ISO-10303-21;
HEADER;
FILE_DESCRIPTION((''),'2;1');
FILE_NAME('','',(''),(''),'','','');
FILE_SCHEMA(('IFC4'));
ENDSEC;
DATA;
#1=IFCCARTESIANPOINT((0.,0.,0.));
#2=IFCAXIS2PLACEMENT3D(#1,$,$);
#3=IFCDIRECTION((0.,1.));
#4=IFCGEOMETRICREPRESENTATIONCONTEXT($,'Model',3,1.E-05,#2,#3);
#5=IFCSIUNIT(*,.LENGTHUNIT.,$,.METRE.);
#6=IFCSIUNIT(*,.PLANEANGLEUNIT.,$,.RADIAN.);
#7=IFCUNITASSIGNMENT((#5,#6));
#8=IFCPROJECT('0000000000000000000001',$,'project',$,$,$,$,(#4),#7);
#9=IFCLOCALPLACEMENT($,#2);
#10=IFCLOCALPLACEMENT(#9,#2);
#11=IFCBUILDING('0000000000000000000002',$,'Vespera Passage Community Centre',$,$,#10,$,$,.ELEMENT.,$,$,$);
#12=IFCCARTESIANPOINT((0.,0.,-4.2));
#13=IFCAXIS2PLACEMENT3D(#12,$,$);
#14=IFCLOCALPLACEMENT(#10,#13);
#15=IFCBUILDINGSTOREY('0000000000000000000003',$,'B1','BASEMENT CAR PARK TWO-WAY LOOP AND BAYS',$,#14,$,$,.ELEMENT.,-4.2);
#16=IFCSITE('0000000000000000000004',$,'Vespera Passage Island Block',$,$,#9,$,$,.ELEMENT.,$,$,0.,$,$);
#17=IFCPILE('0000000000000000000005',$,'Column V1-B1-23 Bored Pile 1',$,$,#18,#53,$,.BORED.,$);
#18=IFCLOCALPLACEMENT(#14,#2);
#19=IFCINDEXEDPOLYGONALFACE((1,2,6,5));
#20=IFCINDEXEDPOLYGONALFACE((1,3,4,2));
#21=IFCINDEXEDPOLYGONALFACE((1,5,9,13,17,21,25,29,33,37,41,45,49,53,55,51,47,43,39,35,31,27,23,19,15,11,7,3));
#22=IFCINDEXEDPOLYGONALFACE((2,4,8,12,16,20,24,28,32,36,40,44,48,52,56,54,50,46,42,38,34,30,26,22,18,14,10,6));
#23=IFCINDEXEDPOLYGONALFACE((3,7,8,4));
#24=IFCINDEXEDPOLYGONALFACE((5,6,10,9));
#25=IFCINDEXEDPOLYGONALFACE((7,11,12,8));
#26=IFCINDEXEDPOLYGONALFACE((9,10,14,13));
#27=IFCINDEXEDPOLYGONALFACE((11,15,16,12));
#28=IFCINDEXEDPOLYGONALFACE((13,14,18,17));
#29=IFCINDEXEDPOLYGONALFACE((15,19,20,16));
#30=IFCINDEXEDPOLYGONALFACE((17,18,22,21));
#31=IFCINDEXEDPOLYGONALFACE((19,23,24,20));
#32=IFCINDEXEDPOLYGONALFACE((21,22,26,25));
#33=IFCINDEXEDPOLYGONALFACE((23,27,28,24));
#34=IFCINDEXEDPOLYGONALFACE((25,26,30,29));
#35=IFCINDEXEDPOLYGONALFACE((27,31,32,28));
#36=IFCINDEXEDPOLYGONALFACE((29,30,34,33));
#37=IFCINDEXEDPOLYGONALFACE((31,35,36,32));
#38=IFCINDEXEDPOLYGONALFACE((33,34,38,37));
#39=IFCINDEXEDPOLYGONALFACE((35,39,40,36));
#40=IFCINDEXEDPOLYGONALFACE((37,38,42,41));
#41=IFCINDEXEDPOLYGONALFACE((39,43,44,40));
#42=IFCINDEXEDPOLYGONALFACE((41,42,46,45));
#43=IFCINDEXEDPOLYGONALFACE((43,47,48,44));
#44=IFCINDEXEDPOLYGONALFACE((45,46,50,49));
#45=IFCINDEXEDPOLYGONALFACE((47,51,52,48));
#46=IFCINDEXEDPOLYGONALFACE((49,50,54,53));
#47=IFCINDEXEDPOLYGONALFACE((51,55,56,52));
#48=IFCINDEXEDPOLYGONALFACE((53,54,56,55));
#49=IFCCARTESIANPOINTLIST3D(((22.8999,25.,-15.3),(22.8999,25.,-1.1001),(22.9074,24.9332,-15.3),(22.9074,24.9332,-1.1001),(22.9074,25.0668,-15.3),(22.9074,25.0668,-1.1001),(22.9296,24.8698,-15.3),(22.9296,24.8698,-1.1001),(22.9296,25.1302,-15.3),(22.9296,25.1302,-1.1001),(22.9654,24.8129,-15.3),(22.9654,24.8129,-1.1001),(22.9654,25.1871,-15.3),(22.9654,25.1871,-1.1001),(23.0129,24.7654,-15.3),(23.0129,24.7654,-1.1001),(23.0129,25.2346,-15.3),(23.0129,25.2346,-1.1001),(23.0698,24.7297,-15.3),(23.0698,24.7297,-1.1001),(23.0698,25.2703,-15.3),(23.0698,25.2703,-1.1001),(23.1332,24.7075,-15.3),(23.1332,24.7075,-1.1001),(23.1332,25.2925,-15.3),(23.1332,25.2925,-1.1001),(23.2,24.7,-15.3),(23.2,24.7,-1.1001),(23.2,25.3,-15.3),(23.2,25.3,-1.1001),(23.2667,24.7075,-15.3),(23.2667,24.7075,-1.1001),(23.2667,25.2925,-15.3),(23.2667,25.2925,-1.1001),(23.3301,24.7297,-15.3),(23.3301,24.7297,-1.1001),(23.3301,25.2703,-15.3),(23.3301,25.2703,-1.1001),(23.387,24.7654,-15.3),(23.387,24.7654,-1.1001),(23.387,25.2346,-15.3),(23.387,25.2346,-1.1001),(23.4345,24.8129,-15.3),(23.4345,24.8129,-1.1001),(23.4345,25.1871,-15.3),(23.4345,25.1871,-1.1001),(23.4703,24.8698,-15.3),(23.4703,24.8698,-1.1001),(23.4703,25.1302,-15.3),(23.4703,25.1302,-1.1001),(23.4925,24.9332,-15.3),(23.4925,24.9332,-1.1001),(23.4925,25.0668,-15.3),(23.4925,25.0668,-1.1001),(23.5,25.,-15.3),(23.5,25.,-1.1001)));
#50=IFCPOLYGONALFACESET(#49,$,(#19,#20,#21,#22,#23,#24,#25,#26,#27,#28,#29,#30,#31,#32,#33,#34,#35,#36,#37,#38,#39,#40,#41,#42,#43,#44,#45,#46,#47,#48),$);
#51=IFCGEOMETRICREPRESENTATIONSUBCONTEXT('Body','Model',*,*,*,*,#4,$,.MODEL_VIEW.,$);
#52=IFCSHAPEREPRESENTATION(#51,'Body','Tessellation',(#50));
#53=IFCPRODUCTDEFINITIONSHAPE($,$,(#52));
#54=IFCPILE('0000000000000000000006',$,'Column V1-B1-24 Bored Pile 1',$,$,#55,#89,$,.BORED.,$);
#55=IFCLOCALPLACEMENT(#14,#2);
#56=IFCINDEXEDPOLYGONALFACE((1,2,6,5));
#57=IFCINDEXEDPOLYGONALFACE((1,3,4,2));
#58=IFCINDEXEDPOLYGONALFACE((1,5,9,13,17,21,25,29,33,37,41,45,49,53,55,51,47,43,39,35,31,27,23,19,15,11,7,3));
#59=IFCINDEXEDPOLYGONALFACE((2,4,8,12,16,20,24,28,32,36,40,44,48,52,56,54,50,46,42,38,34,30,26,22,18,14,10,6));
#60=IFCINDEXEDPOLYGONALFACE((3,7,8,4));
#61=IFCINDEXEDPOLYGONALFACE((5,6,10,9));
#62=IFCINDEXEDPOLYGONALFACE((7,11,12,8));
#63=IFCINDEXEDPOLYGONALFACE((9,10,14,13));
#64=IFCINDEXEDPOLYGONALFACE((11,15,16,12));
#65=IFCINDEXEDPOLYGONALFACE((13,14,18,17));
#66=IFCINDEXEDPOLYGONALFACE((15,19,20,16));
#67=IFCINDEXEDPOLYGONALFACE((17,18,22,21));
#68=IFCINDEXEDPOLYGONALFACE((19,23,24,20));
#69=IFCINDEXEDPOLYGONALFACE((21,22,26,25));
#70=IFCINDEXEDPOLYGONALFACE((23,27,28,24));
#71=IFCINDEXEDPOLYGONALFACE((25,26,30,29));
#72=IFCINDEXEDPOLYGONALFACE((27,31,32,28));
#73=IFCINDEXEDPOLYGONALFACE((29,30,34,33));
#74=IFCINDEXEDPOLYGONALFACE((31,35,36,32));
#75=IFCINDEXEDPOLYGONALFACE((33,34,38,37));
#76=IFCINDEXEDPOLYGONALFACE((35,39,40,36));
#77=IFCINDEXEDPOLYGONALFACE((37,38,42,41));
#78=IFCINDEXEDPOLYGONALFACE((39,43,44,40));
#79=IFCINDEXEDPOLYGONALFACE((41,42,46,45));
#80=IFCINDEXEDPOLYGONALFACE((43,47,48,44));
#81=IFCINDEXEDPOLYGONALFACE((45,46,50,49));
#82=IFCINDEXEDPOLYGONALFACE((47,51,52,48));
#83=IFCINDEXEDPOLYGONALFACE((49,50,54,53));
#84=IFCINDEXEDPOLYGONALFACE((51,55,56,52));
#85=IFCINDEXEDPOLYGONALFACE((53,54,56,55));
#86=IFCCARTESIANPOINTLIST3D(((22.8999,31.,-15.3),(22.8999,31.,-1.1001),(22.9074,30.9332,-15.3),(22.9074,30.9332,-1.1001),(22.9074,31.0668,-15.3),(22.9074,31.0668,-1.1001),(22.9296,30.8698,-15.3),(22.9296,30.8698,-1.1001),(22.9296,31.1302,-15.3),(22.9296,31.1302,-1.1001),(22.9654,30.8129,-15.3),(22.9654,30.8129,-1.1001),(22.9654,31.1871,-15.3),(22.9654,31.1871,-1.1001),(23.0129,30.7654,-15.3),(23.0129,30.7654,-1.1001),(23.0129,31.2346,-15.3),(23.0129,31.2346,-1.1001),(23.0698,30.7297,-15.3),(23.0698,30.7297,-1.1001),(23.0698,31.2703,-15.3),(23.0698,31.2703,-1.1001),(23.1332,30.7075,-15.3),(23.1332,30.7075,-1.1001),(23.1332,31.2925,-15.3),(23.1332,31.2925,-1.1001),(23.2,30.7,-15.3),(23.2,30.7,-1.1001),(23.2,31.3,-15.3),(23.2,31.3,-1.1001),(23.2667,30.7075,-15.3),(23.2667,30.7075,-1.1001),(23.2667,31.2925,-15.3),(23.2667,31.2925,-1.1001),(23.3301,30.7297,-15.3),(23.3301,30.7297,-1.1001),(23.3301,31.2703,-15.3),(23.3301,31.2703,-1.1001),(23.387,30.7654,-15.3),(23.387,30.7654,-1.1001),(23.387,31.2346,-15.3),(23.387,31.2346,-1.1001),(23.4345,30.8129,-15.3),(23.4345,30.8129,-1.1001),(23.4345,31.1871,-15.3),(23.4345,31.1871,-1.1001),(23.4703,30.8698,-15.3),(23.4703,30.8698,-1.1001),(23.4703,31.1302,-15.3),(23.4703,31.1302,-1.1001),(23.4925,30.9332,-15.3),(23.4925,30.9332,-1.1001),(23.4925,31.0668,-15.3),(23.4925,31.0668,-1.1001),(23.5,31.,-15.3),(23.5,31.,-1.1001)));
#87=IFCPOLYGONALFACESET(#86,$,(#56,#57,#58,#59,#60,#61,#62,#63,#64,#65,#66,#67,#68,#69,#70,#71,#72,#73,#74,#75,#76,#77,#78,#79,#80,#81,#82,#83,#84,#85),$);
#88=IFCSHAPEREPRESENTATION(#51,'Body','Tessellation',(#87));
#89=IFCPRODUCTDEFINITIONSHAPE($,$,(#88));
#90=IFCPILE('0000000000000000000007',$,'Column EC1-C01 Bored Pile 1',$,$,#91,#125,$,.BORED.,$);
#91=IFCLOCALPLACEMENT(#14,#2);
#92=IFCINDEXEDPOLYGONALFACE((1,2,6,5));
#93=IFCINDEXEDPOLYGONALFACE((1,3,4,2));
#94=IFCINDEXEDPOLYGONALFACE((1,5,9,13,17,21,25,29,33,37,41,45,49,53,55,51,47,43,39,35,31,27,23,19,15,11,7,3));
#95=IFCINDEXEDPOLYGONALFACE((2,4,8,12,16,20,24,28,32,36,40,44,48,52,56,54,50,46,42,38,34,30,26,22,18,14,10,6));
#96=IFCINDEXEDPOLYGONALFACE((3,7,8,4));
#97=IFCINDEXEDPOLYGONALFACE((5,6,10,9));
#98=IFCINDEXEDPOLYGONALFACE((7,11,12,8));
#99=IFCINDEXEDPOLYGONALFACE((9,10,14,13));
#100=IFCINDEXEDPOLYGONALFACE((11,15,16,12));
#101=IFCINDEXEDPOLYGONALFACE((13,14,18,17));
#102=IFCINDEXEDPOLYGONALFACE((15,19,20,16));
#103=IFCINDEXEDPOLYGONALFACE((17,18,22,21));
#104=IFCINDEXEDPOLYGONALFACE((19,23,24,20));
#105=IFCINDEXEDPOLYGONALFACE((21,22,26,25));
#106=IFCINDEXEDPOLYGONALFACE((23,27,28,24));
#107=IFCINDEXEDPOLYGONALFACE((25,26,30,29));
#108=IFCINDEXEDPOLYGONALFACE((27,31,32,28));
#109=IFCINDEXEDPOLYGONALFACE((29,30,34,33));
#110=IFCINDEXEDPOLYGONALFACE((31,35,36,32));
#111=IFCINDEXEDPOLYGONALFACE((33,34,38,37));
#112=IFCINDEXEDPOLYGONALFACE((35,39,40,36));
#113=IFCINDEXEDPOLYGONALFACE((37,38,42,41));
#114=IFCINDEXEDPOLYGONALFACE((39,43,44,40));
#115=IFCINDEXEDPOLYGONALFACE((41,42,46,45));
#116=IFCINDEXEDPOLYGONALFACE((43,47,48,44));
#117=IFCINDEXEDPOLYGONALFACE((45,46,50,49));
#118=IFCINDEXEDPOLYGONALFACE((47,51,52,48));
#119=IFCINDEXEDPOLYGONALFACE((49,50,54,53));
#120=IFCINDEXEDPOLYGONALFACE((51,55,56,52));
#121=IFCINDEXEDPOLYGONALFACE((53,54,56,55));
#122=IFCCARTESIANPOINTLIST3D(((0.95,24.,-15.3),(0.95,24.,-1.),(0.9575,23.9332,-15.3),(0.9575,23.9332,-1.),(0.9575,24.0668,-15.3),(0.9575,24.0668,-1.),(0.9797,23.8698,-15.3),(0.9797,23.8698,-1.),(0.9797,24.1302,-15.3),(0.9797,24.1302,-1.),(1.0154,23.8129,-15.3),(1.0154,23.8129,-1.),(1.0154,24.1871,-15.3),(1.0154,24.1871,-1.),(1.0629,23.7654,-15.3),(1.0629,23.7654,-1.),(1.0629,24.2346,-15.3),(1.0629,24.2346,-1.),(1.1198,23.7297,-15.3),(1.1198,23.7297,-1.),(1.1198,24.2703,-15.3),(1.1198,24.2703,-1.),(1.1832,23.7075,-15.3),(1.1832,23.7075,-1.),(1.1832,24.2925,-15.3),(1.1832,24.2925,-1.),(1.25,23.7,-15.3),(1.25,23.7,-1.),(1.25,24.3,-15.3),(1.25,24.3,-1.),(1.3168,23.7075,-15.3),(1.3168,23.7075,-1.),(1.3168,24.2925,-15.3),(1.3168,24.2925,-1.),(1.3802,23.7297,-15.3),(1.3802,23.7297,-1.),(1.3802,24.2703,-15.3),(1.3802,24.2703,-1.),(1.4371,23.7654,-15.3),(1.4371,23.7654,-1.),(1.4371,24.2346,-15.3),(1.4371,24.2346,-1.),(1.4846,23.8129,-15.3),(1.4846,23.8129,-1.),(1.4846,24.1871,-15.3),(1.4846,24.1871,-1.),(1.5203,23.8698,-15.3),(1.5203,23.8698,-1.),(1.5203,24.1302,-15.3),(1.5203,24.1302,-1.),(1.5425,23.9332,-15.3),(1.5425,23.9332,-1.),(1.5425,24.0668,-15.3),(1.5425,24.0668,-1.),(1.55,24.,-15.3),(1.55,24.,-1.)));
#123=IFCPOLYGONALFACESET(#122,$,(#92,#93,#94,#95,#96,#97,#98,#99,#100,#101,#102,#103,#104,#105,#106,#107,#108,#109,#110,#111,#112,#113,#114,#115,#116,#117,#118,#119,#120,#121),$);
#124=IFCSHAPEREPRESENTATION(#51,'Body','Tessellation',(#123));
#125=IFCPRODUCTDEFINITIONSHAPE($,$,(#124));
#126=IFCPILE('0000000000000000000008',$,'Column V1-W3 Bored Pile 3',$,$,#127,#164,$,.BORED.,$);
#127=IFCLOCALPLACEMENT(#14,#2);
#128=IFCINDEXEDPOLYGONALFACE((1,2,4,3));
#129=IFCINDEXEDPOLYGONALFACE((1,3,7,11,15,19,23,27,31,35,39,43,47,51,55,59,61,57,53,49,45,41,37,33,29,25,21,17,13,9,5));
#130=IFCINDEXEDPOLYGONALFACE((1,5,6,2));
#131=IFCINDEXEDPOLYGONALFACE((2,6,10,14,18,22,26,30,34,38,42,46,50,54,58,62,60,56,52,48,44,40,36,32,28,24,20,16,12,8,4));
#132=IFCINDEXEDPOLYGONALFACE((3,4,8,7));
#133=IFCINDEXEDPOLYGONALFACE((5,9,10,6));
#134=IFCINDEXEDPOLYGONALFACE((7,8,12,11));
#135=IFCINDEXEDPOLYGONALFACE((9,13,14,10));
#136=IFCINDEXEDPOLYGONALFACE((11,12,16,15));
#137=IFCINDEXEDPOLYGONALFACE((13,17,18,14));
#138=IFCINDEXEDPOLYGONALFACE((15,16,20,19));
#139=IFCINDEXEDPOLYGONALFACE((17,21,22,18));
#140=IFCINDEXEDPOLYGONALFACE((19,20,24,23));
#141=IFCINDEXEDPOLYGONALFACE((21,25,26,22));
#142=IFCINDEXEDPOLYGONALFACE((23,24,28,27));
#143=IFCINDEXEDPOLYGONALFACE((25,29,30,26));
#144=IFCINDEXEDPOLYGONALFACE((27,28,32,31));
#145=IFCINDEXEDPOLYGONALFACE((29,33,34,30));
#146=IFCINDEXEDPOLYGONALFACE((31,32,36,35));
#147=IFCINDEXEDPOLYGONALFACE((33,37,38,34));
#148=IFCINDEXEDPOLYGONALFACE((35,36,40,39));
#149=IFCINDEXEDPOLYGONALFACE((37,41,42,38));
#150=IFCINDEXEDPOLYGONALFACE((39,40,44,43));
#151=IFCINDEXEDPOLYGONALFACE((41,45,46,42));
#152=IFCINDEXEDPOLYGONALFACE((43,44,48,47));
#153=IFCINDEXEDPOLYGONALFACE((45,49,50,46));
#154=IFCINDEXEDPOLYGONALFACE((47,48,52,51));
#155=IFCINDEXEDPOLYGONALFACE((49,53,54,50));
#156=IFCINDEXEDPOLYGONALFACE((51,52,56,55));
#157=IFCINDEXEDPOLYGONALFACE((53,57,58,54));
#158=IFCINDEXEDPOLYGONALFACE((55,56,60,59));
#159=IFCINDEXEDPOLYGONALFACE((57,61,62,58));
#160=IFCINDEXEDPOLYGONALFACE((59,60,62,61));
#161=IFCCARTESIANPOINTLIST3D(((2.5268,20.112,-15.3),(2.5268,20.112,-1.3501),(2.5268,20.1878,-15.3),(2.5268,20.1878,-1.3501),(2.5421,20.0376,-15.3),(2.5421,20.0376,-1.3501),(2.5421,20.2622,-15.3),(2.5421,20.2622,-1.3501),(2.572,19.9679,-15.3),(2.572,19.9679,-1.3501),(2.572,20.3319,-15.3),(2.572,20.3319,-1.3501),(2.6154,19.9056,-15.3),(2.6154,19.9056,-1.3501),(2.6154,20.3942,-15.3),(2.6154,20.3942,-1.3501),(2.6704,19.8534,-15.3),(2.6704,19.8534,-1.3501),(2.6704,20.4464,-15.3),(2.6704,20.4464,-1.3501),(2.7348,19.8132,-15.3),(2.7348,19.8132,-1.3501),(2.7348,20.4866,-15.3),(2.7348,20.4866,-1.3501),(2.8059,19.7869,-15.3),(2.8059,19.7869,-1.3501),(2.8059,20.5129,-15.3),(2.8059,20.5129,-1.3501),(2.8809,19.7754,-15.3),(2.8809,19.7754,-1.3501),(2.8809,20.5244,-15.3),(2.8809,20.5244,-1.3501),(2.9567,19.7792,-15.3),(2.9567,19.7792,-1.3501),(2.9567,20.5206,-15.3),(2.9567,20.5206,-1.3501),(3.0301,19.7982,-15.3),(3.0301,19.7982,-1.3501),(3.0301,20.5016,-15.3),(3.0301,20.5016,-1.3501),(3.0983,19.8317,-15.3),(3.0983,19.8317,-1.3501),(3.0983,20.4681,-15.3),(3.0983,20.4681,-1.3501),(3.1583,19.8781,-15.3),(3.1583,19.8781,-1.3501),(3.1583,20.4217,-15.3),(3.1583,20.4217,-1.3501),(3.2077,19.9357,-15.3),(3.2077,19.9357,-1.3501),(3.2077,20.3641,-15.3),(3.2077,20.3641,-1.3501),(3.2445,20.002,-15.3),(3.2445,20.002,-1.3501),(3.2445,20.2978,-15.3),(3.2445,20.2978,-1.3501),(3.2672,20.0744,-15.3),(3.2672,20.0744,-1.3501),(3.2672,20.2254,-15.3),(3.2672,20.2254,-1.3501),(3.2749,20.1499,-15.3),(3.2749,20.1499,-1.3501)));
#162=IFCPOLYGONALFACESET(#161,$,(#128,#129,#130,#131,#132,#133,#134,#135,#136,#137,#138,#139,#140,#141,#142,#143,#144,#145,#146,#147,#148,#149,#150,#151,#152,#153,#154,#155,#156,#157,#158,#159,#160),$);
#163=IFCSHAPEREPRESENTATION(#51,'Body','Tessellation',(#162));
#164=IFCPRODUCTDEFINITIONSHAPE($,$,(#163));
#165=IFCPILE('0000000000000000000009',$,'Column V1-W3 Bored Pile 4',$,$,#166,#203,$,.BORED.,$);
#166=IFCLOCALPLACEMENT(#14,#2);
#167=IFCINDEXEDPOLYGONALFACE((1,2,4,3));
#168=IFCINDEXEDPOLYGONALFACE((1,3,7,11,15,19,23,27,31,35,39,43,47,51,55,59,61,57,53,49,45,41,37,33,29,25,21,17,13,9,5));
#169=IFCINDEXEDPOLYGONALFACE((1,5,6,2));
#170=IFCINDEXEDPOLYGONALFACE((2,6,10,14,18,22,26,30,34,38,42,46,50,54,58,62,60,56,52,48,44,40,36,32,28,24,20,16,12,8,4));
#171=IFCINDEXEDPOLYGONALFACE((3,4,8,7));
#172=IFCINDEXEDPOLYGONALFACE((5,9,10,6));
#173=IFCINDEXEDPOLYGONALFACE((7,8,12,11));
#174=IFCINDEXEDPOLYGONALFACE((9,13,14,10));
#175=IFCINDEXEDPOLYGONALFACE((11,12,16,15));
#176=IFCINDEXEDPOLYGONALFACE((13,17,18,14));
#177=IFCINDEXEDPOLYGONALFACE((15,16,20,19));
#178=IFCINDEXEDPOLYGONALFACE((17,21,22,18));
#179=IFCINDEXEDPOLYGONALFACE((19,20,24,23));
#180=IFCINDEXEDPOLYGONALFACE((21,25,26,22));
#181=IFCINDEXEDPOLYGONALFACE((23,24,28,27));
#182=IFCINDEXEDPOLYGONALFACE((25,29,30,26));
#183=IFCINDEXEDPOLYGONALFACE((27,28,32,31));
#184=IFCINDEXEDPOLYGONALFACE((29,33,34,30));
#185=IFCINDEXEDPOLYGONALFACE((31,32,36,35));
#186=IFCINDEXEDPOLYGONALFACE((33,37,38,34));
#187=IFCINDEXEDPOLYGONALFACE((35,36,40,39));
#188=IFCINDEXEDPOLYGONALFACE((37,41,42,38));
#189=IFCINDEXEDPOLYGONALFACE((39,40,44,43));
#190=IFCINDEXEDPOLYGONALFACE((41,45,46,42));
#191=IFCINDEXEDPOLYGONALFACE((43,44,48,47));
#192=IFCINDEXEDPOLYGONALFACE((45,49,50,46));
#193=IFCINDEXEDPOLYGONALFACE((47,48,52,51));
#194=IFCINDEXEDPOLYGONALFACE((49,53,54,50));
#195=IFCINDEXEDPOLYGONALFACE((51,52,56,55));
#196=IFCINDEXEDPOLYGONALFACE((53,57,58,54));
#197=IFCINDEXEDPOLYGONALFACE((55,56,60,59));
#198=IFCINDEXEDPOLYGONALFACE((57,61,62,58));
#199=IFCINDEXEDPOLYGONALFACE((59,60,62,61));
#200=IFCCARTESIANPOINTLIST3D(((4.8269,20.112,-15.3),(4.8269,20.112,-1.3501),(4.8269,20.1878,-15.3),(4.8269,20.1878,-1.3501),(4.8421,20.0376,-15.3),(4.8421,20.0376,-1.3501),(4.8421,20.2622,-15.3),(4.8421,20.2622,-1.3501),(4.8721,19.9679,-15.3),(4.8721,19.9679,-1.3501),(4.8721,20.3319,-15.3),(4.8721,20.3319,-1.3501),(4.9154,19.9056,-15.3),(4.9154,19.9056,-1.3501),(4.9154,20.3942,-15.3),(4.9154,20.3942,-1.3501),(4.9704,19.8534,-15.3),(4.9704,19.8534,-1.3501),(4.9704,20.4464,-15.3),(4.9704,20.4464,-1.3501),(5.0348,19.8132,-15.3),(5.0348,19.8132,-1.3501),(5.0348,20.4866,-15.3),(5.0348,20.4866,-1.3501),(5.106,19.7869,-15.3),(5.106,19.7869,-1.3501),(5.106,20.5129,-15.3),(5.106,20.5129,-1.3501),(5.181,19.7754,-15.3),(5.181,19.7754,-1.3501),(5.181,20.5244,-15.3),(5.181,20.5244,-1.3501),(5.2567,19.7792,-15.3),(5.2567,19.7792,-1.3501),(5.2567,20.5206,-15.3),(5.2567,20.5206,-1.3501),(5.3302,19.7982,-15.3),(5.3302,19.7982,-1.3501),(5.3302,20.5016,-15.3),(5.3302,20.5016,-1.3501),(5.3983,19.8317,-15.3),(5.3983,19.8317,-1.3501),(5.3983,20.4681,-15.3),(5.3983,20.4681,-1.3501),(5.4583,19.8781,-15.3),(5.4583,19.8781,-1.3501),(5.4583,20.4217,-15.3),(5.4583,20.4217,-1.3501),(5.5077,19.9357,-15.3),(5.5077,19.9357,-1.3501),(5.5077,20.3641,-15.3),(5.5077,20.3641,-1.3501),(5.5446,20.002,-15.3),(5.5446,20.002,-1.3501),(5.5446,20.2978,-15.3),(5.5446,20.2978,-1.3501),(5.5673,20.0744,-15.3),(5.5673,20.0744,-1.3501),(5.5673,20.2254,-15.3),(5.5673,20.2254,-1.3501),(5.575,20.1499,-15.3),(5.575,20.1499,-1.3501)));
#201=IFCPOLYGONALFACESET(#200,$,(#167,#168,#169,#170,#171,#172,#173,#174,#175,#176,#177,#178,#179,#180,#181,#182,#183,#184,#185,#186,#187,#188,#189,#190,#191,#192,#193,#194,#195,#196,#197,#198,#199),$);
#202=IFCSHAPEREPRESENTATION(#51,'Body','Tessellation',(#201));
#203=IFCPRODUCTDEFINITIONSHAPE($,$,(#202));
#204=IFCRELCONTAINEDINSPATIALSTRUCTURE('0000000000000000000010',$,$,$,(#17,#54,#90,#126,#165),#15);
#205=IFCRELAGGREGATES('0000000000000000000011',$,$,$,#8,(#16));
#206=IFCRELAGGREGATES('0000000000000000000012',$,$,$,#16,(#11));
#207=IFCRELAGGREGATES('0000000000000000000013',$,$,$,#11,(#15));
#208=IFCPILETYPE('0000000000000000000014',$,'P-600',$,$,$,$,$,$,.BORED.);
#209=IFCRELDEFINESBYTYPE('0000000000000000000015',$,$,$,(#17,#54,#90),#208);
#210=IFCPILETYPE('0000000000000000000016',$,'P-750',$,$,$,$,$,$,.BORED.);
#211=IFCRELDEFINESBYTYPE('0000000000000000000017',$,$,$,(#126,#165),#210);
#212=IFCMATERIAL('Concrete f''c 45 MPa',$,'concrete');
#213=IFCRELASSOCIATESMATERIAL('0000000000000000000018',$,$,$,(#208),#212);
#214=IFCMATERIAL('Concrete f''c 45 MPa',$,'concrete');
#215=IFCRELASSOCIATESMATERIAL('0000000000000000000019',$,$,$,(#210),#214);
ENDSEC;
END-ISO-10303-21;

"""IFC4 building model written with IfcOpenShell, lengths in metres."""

from ifc_helpers import new_model, si_unit, direction, frame, origin, origin_2d, place, context, subcontext, project, spatial, circle, extrude, material, material_profile, profile_set, type_object, element, save


model = new_model("IFC4")

# Units and contexts
model_context = context("Model", 3, precision=1e-05, world=origin(), true_north=direction((0.0, 1.0)))
body_context = subcontext(model_context, "Body", "Model", "MODEL_VIEW")
ifc_project = project(units=[si_unit("LENGTHUNIT", "METRE"), si_unit("PLANEANGLEUNIT", "RADIAN")], contexts=[model_context])

# Site, building, storey
site_placement = place(None, origin())
site = spatial("IfcSite", under=ifc_project, at=site_placement, Name="Vespera Passage Island Block", CompositionType="ELEMENT", RefElevation=0.0)
building_placement = place(site_placement, origin())
building = spatial("IfcBuilding", under=site, at=building_placement, Name="Vespera Passage Community Centre", CompositionType="ELEMENT")
storey_placement = place(building_placement, frame((0.0, 0.0, -4.2)))
storey = spatial("IfcBuildingStorey", under=building, at=storey_placement, Name="B1", Description="BASEMENT CAR PARK TWO-WAY LOOP AND BAYS", CompositionType="ELEMENT", Elevation=-4.2)

# Piles
ifc_material_1 = material(Name="Concrete f'c 45 MPa", Category="concrete")
ifc_material_profile_1 = material_profile(ifc_material_1, circle(Radius=0.3, at=origin_2d()), Name="PILE600DIA")
ifc_profile_set_1 = profile_set([ifc_material_profile_1], Name="Concrete f'c 45 MPa")
pile_type_1 = type_object("IfcPileType", Name="P-600", PredefinedType="BORED", material=ifc_profile_set_1)
for number, where, z_axis, x_axis, name in (
    (1, (23.2, 25.0, -1.1001), (0.0, 0.0, -1.0), (1.0, 0.0, 0.0), "Column V1-B1-23 Bored Pile 1"),
    (2, (23.2, 31.0, -1.1001), (0.0, 0.0, -1.0), (1.0, 0.0, 0.0), "Column V1-B1-24 Bored Pile 1"),
):
    element("IfcPile", number, at=place(storey_placement, frame(where, z_axis=z_axis, x_axis=x_axis)), inside=storey, type_object=pile_type_1, Name=name, PredefinedType="BORED", context=body_context, shape_type="SweptSolid", body=[
        extrude(circle(Radius=0.3, at=origin_2d()), origin(), (0.0, 0.0, 1.0), 14.2),
    ])
pile_placement = place(storey_placement, frame((1.25, 24.0, -1.0), z_axis=(0.0, 0.0, -1.0), x_axis=(1.0, 0.0, 0.0)))
element("IfcPile", 3, at=pile_placement, inside=storey, type_object=pile_type_1, Name="Column EC1-C01 Bored Pile 1", PredefinedType="BORED", context=body_context, shape_type="SweptSolid", body=[
    extrude(circle(Radius=0.3, at=origin_2d()), origin(), (0.0, 0.0, 1.0), 14.3),
])
ifc_material_2 = material(Name="Concrete f'c 45 MPa", Category="concrete")
ifc_material_profile_2 = material_profile(ifc_material_2, circle(Radius=0.375, at=origin_2d()), Name="PILE750DIA")
ifc_profile_set_2 = profile_set([ifc_material_profile_2], Name="Concrete f'c 45 MPa")
pile_type_2 = type_object("IfcPileType", Name="P-750", PredefinedType="BORED", material=ifc_profile_set_2)
for number, where, z_axis, x_axis, name in (
    (4, (2.8999, 20.1499, -1.3501), (0.0, 0.0, -1.0), (1.0, 0.0, 0.0), "Column V1-W3 Bored Pile 3"),
    (5, (5.2, 20.1499, -1.3501), (0.0, 0.0, -1.0), (1.0, 0.0, 0.0), "Column V1-W3 Bored Pile 4"),
):
    element("IfcPile", number, at=place(storey_placement, frame(where, z_axis=z_axis, x_axis=x_axis)), inside=storey, type_object=pile_type_2, Name=name, PredefinedType="BORED", context=body_context, shape_type="SweptSolid", body=[
        extrude(circle(Radius=0.375, at=origin_2d()), origin(), (0.0, 0.0, 1.0), 13.95),
    ])

save(model, "model.ifc")
